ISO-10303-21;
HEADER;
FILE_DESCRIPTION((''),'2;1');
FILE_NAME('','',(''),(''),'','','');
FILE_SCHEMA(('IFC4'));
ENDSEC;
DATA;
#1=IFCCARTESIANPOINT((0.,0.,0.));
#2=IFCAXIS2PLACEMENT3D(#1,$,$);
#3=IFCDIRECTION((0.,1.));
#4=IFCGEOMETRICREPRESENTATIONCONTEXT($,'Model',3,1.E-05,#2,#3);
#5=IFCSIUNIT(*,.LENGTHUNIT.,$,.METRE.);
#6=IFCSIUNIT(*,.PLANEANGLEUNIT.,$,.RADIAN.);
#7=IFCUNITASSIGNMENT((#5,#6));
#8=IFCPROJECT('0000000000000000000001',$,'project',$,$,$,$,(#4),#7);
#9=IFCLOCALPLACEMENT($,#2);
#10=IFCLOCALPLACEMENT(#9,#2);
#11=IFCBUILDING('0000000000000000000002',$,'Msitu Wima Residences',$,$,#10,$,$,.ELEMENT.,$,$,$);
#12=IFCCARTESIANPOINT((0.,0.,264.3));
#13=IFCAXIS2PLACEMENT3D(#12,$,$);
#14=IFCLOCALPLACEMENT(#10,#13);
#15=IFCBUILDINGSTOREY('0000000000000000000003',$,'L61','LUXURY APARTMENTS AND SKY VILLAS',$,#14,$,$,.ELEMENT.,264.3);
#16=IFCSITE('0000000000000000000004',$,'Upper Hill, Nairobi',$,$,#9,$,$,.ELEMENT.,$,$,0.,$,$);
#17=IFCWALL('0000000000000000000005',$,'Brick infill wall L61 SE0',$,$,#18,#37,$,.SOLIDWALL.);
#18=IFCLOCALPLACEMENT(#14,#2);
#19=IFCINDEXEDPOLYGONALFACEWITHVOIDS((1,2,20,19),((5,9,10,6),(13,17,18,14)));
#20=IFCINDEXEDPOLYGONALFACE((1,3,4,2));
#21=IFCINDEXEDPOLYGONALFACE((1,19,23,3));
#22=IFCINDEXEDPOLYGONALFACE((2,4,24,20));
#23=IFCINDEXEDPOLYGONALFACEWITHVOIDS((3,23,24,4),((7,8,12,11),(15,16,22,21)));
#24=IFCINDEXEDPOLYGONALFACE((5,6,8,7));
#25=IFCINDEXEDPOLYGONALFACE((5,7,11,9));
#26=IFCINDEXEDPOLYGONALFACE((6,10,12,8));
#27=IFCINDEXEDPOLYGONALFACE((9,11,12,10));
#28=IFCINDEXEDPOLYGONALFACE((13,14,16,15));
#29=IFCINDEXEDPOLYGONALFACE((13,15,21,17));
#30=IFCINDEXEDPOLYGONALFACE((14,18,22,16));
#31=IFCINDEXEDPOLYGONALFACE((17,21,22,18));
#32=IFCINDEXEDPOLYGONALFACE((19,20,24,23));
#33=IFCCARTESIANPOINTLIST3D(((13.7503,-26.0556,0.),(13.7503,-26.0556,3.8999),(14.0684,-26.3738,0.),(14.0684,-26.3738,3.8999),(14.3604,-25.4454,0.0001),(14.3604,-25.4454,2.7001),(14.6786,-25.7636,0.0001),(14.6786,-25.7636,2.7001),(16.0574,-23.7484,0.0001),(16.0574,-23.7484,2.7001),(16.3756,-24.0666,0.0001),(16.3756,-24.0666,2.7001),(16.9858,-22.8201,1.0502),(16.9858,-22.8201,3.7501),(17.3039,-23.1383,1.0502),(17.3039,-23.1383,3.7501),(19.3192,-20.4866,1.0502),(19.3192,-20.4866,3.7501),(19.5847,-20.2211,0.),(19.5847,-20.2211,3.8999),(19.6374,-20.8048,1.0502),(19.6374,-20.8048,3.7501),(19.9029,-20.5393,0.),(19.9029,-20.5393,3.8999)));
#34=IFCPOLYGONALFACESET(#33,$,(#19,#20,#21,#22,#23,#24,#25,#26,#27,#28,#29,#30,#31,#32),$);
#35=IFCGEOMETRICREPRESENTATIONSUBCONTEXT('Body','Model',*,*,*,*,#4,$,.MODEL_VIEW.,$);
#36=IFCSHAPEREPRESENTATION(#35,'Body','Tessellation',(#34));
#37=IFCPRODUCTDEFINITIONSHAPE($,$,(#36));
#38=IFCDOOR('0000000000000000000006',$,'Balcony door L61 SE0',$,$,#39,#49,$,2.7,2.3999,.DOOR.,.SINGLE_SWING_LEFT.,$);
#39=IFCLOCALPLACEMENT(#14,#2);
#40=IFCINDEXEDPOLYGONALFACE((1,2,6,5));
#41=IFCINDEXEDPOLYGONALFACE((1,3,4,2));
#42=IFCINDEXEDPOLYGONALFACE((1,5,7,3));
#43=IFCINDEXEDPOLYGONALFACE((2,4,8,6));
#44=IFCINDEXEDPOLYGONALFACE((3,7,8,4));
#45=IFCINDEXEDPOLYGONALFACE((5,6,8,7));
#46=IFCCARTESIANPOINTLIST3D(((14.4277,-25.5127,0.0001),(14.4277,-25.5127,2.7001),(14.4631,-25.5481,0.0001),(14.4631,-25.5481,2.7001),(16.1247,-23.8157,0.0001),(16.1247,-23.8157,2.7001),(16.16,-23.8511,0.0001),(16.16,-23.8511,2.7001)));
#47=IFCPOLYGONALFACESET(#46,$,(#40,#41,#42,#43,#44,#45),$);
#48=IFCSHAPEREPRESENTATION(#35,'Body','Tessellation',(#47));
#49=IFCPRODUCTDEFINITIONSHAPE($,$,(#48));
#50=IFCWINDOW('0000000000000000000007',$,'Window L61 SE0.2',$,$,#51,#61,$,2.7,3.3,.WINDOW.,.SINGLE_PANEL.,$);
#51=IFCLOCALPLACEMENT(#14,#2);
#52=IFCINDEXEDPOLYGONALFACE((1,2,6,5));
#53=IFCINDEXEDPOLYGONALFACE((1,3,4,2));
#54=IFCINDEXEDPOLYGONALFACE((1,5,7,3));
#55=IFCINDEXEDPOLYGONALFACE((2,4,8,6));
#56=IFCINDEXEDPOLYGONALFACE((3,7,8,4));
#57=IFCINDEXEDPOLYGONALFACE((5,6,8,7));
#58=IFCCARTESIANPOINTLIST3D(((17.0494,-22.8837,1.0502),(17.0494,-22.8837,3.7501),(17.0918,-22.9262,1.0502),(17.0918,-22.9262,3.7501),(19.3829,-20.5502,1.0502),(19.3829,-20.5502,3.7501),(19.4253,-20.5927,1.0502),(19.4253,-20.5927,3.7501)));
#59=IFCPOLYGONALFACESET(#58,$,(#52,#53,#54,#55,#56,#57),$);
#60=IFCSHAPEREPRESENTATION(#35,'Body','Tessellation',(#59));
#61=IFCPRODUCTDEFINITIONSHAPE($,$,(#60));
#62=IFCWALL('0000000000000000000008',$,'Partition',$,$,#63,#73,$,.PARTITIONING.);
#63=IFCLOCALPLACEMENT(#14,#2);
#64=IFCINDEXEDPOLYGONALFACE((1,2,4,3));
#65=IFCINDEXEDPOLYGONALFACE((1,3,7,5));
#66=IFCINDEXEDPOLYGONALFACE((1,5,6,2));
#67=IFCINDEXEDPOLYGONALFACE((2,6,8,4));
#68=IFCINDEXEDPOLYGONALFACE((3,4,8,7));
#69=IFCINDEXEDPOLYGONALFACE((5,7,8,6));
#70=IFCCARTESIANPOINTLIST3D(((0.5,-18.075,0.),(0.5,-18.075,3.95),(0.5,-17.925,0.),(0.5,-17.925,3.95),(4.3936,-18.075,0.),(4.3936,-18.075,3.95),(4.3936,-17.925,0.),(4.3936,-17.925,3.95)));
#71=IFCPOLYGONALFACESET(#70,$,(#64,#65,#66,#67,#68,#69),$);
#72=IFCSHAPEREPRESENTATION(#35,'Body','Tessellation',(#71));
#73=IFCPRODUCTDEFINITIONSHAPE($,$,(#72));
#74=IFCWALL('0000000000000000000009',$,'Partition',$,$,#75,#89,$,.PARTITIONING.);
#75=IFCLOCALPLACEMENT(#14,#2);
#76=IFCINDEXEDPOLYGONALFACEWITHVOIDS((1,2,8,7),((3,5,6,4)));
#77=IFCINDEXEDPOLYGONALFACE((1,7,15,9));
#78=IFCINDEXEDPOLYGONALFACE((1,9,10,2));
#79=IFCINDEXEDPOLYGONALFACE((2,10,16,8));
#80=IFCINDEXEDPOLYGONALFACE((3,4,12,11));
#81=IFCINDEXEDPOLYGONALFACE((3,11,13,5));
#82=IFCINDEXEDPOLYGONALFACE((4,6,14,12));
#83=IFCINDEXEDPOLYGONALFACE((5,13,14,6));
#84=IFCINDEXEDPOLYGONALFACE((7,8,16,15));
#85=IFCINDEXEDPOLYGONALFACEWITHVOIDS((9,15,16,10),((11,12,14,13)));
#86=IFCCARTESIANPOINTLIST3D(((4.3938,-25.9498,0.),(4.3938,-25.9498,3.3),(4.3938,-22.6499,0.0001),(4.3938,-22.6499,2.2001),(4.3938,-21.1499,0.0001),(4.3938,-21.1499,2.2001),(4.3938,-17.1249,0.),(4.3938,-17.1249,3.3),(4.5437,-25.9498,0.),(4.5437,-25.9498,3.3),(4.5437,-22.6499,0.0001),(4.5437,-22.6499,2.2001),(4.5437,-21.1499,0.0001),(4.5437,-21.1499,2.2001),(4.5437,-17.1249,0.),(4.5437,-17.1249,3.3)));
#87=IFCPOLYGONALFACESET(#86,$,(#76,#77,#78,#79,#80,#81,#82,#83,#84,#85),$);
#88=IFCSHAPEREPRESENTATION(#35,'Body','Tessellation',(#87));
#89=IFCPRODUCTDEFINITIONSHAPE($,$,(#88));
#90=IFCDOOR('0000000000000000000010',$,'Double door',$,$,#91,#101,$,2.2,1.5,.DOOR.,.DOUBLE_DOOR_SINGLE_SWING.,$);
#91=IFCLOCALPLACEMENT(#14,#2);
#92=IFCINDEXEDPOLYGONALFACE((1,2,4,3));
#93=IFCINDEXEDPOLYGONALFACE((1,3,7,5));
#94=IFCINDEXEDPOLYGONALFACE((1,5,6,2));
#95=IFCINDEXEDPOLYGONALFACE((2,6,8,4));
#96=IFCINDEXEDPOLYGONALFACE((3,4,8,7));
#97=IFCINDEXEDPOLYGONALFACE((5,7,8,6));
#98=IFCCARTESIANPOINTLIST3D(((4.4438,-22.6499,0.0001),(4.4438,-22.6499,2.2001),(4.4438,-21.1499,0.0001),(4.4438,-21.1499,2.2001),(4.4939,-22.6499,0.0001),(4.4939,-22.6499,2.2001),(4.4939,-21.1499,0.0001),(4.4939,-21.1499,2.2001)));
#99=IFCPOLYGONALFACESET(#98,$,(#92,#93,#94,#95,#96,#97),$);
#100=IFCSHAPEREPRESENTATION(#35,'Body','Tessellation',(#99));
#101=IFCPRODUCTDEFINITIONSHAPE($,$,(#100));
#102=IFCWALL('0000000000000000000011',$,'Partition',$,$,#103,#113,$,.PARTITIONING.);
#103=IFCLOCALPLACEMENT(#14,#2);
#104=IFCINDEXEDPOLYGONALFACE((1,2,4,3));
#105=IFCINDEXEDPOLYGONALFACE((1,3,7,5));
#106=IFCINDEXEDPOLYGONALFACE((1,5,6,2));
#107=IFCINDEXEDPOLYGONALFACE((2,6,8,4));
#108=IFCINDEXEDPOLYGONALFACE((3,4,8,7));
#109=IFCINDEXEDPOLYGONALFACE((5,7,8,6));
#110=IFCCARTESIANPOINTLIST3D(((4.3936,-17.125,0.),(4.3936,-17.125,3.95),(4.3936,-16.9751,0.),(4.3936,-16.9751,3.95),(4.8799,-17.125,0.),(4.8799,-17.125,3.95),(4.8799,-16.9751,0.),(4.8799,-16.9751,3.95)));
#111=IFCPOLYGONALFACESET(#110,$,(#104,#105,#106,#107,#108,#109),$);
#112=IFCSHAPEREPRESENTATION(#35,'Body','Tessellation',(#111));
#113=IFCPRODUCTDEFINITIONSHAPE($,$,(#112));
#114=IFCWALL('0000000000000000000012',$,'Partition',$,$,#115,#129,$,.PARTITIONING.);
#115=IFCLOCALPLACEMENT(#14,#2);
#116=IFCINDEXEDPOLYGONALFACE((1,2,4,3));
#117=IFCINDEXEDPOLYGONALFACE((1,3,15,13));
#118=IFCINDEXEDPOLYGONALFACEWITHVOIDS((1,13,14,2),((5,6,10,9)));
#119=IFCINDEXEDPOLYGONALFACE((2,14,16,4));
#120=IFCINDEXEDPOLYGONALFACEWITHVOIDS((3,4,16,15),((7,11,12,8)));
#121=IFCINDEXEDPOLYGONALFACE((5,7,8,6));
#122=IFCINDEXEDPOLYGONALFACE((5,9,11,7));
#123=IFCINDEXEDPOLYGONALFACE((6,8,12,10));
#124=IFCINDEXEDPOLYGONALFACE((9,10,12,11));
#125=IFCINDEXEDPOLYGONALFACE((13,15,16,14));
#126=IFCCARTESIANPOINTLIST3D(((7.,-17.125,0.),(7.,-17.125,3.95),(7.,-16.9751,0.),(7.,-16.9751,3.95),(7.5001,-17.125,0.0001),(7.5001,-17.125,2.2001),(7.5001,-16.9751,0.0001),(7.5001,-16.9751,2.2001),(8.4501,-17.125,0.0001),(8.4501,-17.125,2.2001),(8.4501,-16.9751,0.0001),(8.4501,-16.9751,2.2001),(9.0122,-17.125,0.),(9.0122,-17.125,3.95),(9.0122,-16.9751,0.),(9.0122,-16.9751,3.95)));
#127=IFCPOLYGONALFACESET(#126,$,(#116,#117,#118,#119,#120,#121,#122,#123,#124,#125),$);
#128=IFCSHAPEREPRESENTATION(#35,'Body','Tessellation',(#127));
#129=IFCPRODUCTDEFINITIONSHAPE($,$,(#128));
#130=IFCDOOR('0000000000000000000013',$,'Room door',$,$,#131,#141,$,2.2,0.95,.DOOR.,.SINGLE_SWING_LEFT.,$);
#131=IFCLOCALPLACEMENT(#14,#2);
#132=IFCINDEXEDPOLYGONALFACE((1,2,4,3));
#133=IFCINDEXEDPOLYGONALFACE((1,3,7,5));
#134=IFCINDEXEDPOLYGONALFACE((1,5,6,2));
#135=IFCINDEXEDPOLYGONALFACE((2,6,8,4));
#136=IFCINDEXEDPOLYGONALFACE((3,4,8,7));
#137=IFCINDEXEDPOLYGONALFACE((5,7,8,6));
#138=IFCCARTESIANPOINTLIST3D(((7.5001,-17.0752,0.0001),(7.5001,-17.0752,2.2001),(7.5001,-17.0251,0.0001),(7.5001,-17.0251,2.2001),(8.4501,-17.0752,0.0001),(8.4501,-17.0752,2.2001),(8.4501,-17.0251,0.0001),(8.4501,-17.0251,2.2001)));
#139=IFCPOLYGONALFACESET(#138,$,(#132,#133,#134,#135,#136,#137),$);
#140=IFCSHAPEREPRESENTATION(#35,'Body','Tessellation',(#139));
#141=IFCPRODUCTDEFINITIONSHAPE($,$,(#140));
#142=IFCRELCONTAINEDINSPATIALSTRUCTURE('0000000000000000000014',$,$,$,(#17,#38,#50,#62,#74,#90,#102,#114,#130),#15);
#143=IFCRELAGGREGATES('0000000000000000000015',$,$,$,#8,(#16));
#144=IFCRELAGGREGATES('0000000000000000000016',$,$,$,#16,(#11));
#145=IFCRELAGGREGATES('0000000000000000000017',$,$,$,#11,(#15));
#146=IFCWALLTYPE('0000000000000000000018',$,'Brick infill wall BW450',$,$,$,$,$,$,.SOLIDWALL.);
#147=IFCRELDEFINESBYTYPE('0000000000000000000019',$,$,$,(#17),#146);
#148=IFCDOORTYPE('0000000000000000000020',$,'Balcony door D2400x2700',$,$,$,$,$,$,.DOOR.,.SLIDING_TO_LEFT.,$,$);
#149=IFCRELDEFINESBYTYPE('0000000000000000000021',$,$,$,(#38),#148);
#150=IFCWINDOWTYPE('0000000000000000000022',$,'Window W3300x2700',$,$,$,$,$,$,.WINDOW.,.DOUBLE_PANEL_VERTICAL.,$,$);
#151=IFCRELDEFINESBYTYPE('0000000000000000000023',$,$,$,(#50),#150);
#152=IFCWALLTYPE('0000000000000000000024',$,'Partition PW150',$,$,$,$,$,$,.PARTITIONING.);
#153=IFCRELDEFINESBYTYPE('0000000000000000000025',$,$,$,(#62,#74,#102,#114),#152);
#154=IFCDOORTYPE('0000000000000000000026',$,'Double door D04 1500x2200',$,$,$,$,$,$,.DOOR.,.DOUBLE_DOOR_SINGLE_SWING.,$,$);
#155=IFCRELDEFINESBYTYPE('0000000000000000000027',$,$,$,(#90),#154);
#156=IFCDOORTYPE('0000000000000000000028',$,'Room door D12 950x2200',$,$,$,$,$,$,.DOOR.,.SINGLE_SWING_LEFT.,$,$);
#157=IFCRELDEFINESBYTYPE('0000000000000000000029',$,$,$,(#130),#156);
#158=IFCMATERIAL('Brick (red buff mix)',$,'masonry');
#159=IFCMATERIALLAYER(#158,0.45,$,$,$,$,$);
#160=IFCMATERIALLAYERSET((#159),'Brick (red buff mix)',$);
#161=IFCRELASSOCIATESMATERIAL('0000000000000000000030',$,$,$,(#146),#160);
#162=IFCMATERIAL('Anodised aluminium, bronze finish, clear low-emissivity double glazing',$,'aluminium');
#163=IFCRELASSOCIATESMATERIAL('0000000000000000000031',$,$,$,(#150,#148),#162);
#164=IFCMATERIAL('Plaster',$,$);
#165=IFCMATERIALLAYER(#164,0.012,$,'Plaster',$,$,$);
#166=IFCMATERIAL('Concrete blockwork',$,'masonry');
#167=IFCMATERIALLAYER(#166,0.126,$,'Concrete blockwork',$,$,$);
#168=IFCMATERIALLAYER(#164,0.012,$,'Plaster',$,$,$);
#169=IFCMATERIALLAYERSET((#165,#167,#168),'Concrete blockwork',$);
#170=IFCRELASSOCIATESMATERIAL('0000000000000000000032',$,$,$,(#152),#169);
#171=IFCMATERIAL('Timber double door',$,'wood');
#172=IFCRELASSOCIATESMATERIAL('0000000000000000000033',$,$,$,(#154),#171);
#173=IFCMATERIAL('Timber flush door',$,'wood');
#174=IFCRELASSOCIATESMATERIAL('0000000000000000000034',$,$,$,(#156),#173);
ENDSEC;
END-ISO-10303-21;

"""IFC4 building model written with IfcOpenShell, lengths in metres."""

from ifc_helpers import new_model, si_unit, direction, frame, frame_2d, origin, place, context, subcontext, project, spatial, rectangle, extrude, material, layer, layer_set, type_object, element, fill, save


model = new_model("IFC4")

# Units and contexts
model_context = context("Model", 3, precision=1e-05, world=origin(), true_north=direction((0.0, 1.0)))
body_context = subcontext(model_context, "Body", "Model", "MODEL_VIEW")
ifc_project = project(units=[si_unit("LENGTHUNIT", "METRE"), si_unit("PLANEANGLEUNIT", "RADIAN")], contexts=[model_context])

# Site, building, storey
site_placement = place(None, origin())
site = spatial("IfcSite", under=ifc_project, at=site_placement, Name="Upper Hill, Nairobi", CompositionType="ELEMENT", RefElevation=0.0)
building_placement = place(site_placement, origin())
building = spatial("IfcBuilding", under=site, at=building_placement, Name="Msitu Wima Residences", CompositionType="ELEMENT")
storey_placement = place(building_placement, frame((0.0, 0.0, 264.3)))
storey = spatial("IfcBuildingStorey", under=building, at=storey_placement, Name="L61", Description="LUXURY APARTMENTS AND SKY VILLAS", CompositionType="ELEMENT", Elevation=264.3)

# Shared definitions
ifc_material_1 = material(Name="Brick (red buff mix)", Category="masonry")
ifc_layer_1 = layer(ifc_material_1, 0.45)
ifc_layer_set_1 = layer_set([ifc_layer_1], Name="Brick (red buff mix)")
wall_type_1 = type_object("IfcWallType", Name="Brick infill wall BW450", PredefinedType="SOLIDWALL", material=ifc_layer_set_1)
ifc_material_2 = material(Name="Anodised aluminium, bronze finish, clear low-emissivity double glazing", Category="aluminium")
window_type = type_object("IfcWindowType", Name="Window W3300x2700", PartitioningType="DOUBLE_PANEL_VERTICAL", PredefinedType="WINDOW", material=ifc_material_2)

# Wall, openings, door, window
wall_1_placement = place(storey_placement, frame((13.9094, -26.2146, 0.0), z_axis=(0.0, 0.0, 1.0), x_axis=(0.707107, 0.707107, 0.0)))
wall_1 = element("IfcWall", 1, at=wall_1_placement, inside=storey, type_object=wall_type_1, Name="Brick infill wall L61 SE0", PredefinedType="SOLIDWALL", context=body_context, shape_type="SweptSolid", body=[
    extrude(rectangle(XDim=8.2512, YDim=0.45, at=frame_2d((4.1255, 0.0))), origin(), (0.0, 0.0, 1.0), 3.8999),
])
opening_1_placement = place(wall_1_placement, frame((0.8628, 0.0, 0.0)))
opening_1 = element("IfcOpeningElement", 2, at=opening_1_placement, cuts=wall_1, PredefinedType="OPENING", context=body_context, shape_type="SweptSolid", body=[
    extrude(rectangle(XDim=2.3999, YDim=2.7, at=frame_2d((1.2, 1.3501))), frame((0.0, 0.2349, 0.0), z_axis=(0.0, -1.0, 0.0), x_axis=(1.0, 0.0, 0.0)), (0.0, 0.0, 1.0), 0.47),
])
opening_2_placement = place(wall_1_placement, frame((4.5757, 0.0, 1.05)))
opening_2 = element("IfcOpeningElement", 3, at=opening_2_placement, cuts=wall_1, PredefinedType="OPENING", context=body_context, shape_type="SweptSolid", body=[
    extrude(rectangle(XDim=3.3, YDim=2.7, at=frame_2d((1.6499, 1.3501))), frame((0.0, 0.2349, 0.0), z_axis=(0.0, -1.0, 0.0), x_axis=(1.0, 0.0, 0.0)), (0.0, 0.0, 1.0), 0.47),
])
door_type_1 = type_object("IfcDoorType", Name="Balcony door D2400x2700", OperationType="SLIDING_TO_LEFT", PredefinedType="DOOR", material=ifc_material_2)
door_1_placement = place(opening_1_placement, origin())
door_1 = element("IfcDoor", 4, at=door_1_placement, inside=storey, type_object=door_type_1, Name="Balcony door L61 SE0", OperationType="SINGLE_SWING_LEFT", OverallHeight=2.7, OverallWidth=2.3999, PredefinedType="DOOR", context=body_context, shape_type="SweptSolid", body=[
    extrude(rectangle(XDim=2.3999, YDim=2.7, at=frame_2d((1.2, 1.3501))), frame((0.0, 0.1299, 0.0), z_axis=(0.0, -1.0, 0.0), x_axis=(1.0, 0.0, 0.0)), (0.0, 0.0, 1.0), 0.05),
])
fill(opening_1, door_1)
window_1_placement = place(opening_2_placement, origin())
window_1 = element("IfcWindow", 5, at=window_1_placement, inside=storey, type_object=window_type, Name="Window L61 SE0.2", OverallHeight=2.7, OverallWidth=3.3, PartitioningType="SINGLE_PANEL", PredefinedType="WINDOW", context=body_context, shape_type="SweptSolid", body=[
    extrude(rectangle(XDim=3.3, YDim=2.7, at=frame_2d((1.6499, 1.3501))), frame((0.0, 0.135, 0.0), z_axis=(0.0, -1.0, 0.0), x_axis=(1.0, 0.0, 0.0)), (0.0, 0.0, 1.0), 0.0601),
])
fill(opening_2, window_1)

# Wall
ifc_material_3 = material(Name="Plaster")
ifc_layer_2 = layer(ifc_material_3, 0.012, Name="Plaster")
ifc_material_4 = material(Name="Concrete blockwork", Category="masonry")
ifc_layer_3 = layer(ifc_material_4, 0.126, Name="Concrete blockwork")
ifc_layer_4 = layer(ifc_material_3, 0.012, Name="Plaster")
ifc_layer_set_2 = layer_set([ifc_layer_2, ifc_layer_3, ifc_layer_4], Name="Concrete blockwork")
wall_type_2 = type_object("IfcWallType", Name="Partition PW150", PredefinedType="PARTITIONING", material=ifc_layer_set_2)
wall_2_placement = place(storey_placement, frame((0.5, -18.0, 0.0), z_axis=(0.0, 0.0, 1.0), x_axis=(1.0, 0.0, 0.0)))
element("IfcWall", 6, at=wall_2_placement, inside=storey, type_object=wall_type_2, Name="Partition", PredefinedType="PARTITIONING", context=body_context, shape_type="SweptSolid", body=[
    extrude(rectangle(XDim=3.8936, YDim=0.1499, at=frame_2d((1.9468, 0.0))), origin(), (0.0, 0.0, 1.0), 3.95),
])

# Wall, opening, door
wall_3_placement = place(storey_placement, frame((4.4688, -25.95, 0.0), z_axis=(0.0, 0.0, 1.0), x_axis=(0.0, 1.0, 0.0)))
wall_3 = element("IfcWall", 7, at=wall_3_placement, inside=storey, type_object=wall_type_2, Name="Partition", PredefinedType="PARTITIONING", context=body_context, shape_type="SweptSolid", body=[
    extrude(rectangle(XDim=8.825, YDim=0.1499, at=frame_2d((4.4126, 0.0))), origin(), (0.0, 0.0, 1.0), 3.3),
])
opening_3_placement = place(wall_3_placement, frame((3.3, 0.0, 0.0)))
opening_3 = element("IfcOpeningElement", 8, at=opening_3_placement, cuts=wall_3, PredefinedType="OPENING", context=body_context, shape_type="SweptSolid", body=[
    extrude(rectangle(XDim=1.5, YDim=2.2, at=frame_2d((0.75, 1.1001))), frame((0.0, 0.085, 0.0), z_axis=(0.0, -1.0, 0.0), x_axis=(1.0, 0.0, 0.0)), (0.0, 0.0, 1.0), 0.1699),
])
ifc_material_5 = material(Name="Timber double door", Category="wood")
door_type_2 = type_object("IfcDoorType", Name="Double door D04 1500x2200", OperationType="DOUBLE_DOOR_SINGLE_SWING", PredefinedType="DOOR", material=ifc_material_5)
door_2_placement = place(opening_3_placement, origin())
door_2 = element("IfcDoor", 9, at=door_2_placement, inside=storey, type_object=door_type_2, Name="Double door", OperationType="DOUBLE_DOOR_SINGLE_SWING", OverallHeight=2.2, OverallWidth=1.5, PredefinedType="DOOR", context=body_context, shape_type="SweptSolid", body=[
    extrude(rectangle(XDim=1.5, YDim=2.2, at=frame_2d((0.75, 1.1001))), frame((0.0, 0.0249, 0.0), z_axis=(0.0, -1.0, 0.0), x_axis=(1.0, 0.0, 0.0)), (0.0, 0.0, 1.0), 0.05),
])
fill(opening_3, door_2)

# Wall
wall_4_placement = place(storey_placement, frame((4.3936, -17.05, 0.0), z_axis=(0.0, 0.0, 1.0), x_axis=(1.0, 0.0, 0.0)))
element("IfcWall", 10, at=wall_4_placement, inside=storey, type_object=wall_type_2, Name="Partition", PredefinedType="PARTITIONING", context=body_context, shape_type="SweptSolid", body=[
    extrude(rectangle(XDim=0.4863, YDim=0.1499, at=frame_2d((0.2432, 0.0))), origin(), (0.0, 0.0, 1.0), 3.95),
])

# Wall, opening, door
wall_5_placement = place(storey_placement, frame((7.0, -17.05, 0.0), z_axis=(0.0, 0.0, 1.0), x_axis=(1.0, 0.0, 0.0)))
wall_5 = element("IfcWall", 11, at=wall_5_placement, inside=storey, type_object=wall_type_2, Name="Partition", PredefinedType="PARTITIONING", context=body_context, shape_type="SweptSolid", body=[
    extrude(rectangle(XDim=2.0122, YDim=0.1499, at=frame_2d((1.0061, 0.0))), origin(), (0.0, 0.0, 1.0), 3.95),
])
opening_4_placement = place(wall_5_placement, frame((0.5, 0.0, 0.0)))
opening_4 = element("IfcOpeningElement", 12, at=opening_4_placement, cuts=wall_5, PredefinedType="OPENING", context=body_context, shape_type="SweptSolid", body=[
    extrude(rectangle(XDim=0.95, YDim=2.2, at=frame_2d((0.4751, 1.1001))), frame((0.0, 0.085, 0.0), z_axis=(0.0, -1.0, 0.0), x_axis=(1.0, 0.0, 0.0)), (0.0, 0.0, 1.0), 0.1699),
])
ifc_material_6 = material(Name="Timber flush door", Category="wood")
door_type_3 = type_object("IfcDoorType", Name="Room door D12 950x2200", OperationType="SINGLE_SWING_LEFT", PredefinedType="DOOR", material=ifc_material_6)
door_3_placement = place(opening_4_placement, origin())
door_3 = element("IfcDoor", 13, at=door_3_placement, inside=storey, type_object=door_type_3, Name="Room door", OperationType="SINGLE_SWING_LEFT", OverallHeight=2.2, OverallWidth=0.95, PredefinedType="DOOR", context=body_context, shape_type="SweptSolid", body=[
    extrude(rectangle(XDim=0.95, YDim=2.2, at=frame_2d((0.4751, 1.1001))), frame((0.0, 0.0249, 0.0), z_axis=(0.0, -1.0, 0.0), x_axis=(1.0, 0.0, 0.0)), (0.0, 0.0, 1.0), 0.05),
])
fill(opening_4, door_3)

save(model, "model.ifc")
